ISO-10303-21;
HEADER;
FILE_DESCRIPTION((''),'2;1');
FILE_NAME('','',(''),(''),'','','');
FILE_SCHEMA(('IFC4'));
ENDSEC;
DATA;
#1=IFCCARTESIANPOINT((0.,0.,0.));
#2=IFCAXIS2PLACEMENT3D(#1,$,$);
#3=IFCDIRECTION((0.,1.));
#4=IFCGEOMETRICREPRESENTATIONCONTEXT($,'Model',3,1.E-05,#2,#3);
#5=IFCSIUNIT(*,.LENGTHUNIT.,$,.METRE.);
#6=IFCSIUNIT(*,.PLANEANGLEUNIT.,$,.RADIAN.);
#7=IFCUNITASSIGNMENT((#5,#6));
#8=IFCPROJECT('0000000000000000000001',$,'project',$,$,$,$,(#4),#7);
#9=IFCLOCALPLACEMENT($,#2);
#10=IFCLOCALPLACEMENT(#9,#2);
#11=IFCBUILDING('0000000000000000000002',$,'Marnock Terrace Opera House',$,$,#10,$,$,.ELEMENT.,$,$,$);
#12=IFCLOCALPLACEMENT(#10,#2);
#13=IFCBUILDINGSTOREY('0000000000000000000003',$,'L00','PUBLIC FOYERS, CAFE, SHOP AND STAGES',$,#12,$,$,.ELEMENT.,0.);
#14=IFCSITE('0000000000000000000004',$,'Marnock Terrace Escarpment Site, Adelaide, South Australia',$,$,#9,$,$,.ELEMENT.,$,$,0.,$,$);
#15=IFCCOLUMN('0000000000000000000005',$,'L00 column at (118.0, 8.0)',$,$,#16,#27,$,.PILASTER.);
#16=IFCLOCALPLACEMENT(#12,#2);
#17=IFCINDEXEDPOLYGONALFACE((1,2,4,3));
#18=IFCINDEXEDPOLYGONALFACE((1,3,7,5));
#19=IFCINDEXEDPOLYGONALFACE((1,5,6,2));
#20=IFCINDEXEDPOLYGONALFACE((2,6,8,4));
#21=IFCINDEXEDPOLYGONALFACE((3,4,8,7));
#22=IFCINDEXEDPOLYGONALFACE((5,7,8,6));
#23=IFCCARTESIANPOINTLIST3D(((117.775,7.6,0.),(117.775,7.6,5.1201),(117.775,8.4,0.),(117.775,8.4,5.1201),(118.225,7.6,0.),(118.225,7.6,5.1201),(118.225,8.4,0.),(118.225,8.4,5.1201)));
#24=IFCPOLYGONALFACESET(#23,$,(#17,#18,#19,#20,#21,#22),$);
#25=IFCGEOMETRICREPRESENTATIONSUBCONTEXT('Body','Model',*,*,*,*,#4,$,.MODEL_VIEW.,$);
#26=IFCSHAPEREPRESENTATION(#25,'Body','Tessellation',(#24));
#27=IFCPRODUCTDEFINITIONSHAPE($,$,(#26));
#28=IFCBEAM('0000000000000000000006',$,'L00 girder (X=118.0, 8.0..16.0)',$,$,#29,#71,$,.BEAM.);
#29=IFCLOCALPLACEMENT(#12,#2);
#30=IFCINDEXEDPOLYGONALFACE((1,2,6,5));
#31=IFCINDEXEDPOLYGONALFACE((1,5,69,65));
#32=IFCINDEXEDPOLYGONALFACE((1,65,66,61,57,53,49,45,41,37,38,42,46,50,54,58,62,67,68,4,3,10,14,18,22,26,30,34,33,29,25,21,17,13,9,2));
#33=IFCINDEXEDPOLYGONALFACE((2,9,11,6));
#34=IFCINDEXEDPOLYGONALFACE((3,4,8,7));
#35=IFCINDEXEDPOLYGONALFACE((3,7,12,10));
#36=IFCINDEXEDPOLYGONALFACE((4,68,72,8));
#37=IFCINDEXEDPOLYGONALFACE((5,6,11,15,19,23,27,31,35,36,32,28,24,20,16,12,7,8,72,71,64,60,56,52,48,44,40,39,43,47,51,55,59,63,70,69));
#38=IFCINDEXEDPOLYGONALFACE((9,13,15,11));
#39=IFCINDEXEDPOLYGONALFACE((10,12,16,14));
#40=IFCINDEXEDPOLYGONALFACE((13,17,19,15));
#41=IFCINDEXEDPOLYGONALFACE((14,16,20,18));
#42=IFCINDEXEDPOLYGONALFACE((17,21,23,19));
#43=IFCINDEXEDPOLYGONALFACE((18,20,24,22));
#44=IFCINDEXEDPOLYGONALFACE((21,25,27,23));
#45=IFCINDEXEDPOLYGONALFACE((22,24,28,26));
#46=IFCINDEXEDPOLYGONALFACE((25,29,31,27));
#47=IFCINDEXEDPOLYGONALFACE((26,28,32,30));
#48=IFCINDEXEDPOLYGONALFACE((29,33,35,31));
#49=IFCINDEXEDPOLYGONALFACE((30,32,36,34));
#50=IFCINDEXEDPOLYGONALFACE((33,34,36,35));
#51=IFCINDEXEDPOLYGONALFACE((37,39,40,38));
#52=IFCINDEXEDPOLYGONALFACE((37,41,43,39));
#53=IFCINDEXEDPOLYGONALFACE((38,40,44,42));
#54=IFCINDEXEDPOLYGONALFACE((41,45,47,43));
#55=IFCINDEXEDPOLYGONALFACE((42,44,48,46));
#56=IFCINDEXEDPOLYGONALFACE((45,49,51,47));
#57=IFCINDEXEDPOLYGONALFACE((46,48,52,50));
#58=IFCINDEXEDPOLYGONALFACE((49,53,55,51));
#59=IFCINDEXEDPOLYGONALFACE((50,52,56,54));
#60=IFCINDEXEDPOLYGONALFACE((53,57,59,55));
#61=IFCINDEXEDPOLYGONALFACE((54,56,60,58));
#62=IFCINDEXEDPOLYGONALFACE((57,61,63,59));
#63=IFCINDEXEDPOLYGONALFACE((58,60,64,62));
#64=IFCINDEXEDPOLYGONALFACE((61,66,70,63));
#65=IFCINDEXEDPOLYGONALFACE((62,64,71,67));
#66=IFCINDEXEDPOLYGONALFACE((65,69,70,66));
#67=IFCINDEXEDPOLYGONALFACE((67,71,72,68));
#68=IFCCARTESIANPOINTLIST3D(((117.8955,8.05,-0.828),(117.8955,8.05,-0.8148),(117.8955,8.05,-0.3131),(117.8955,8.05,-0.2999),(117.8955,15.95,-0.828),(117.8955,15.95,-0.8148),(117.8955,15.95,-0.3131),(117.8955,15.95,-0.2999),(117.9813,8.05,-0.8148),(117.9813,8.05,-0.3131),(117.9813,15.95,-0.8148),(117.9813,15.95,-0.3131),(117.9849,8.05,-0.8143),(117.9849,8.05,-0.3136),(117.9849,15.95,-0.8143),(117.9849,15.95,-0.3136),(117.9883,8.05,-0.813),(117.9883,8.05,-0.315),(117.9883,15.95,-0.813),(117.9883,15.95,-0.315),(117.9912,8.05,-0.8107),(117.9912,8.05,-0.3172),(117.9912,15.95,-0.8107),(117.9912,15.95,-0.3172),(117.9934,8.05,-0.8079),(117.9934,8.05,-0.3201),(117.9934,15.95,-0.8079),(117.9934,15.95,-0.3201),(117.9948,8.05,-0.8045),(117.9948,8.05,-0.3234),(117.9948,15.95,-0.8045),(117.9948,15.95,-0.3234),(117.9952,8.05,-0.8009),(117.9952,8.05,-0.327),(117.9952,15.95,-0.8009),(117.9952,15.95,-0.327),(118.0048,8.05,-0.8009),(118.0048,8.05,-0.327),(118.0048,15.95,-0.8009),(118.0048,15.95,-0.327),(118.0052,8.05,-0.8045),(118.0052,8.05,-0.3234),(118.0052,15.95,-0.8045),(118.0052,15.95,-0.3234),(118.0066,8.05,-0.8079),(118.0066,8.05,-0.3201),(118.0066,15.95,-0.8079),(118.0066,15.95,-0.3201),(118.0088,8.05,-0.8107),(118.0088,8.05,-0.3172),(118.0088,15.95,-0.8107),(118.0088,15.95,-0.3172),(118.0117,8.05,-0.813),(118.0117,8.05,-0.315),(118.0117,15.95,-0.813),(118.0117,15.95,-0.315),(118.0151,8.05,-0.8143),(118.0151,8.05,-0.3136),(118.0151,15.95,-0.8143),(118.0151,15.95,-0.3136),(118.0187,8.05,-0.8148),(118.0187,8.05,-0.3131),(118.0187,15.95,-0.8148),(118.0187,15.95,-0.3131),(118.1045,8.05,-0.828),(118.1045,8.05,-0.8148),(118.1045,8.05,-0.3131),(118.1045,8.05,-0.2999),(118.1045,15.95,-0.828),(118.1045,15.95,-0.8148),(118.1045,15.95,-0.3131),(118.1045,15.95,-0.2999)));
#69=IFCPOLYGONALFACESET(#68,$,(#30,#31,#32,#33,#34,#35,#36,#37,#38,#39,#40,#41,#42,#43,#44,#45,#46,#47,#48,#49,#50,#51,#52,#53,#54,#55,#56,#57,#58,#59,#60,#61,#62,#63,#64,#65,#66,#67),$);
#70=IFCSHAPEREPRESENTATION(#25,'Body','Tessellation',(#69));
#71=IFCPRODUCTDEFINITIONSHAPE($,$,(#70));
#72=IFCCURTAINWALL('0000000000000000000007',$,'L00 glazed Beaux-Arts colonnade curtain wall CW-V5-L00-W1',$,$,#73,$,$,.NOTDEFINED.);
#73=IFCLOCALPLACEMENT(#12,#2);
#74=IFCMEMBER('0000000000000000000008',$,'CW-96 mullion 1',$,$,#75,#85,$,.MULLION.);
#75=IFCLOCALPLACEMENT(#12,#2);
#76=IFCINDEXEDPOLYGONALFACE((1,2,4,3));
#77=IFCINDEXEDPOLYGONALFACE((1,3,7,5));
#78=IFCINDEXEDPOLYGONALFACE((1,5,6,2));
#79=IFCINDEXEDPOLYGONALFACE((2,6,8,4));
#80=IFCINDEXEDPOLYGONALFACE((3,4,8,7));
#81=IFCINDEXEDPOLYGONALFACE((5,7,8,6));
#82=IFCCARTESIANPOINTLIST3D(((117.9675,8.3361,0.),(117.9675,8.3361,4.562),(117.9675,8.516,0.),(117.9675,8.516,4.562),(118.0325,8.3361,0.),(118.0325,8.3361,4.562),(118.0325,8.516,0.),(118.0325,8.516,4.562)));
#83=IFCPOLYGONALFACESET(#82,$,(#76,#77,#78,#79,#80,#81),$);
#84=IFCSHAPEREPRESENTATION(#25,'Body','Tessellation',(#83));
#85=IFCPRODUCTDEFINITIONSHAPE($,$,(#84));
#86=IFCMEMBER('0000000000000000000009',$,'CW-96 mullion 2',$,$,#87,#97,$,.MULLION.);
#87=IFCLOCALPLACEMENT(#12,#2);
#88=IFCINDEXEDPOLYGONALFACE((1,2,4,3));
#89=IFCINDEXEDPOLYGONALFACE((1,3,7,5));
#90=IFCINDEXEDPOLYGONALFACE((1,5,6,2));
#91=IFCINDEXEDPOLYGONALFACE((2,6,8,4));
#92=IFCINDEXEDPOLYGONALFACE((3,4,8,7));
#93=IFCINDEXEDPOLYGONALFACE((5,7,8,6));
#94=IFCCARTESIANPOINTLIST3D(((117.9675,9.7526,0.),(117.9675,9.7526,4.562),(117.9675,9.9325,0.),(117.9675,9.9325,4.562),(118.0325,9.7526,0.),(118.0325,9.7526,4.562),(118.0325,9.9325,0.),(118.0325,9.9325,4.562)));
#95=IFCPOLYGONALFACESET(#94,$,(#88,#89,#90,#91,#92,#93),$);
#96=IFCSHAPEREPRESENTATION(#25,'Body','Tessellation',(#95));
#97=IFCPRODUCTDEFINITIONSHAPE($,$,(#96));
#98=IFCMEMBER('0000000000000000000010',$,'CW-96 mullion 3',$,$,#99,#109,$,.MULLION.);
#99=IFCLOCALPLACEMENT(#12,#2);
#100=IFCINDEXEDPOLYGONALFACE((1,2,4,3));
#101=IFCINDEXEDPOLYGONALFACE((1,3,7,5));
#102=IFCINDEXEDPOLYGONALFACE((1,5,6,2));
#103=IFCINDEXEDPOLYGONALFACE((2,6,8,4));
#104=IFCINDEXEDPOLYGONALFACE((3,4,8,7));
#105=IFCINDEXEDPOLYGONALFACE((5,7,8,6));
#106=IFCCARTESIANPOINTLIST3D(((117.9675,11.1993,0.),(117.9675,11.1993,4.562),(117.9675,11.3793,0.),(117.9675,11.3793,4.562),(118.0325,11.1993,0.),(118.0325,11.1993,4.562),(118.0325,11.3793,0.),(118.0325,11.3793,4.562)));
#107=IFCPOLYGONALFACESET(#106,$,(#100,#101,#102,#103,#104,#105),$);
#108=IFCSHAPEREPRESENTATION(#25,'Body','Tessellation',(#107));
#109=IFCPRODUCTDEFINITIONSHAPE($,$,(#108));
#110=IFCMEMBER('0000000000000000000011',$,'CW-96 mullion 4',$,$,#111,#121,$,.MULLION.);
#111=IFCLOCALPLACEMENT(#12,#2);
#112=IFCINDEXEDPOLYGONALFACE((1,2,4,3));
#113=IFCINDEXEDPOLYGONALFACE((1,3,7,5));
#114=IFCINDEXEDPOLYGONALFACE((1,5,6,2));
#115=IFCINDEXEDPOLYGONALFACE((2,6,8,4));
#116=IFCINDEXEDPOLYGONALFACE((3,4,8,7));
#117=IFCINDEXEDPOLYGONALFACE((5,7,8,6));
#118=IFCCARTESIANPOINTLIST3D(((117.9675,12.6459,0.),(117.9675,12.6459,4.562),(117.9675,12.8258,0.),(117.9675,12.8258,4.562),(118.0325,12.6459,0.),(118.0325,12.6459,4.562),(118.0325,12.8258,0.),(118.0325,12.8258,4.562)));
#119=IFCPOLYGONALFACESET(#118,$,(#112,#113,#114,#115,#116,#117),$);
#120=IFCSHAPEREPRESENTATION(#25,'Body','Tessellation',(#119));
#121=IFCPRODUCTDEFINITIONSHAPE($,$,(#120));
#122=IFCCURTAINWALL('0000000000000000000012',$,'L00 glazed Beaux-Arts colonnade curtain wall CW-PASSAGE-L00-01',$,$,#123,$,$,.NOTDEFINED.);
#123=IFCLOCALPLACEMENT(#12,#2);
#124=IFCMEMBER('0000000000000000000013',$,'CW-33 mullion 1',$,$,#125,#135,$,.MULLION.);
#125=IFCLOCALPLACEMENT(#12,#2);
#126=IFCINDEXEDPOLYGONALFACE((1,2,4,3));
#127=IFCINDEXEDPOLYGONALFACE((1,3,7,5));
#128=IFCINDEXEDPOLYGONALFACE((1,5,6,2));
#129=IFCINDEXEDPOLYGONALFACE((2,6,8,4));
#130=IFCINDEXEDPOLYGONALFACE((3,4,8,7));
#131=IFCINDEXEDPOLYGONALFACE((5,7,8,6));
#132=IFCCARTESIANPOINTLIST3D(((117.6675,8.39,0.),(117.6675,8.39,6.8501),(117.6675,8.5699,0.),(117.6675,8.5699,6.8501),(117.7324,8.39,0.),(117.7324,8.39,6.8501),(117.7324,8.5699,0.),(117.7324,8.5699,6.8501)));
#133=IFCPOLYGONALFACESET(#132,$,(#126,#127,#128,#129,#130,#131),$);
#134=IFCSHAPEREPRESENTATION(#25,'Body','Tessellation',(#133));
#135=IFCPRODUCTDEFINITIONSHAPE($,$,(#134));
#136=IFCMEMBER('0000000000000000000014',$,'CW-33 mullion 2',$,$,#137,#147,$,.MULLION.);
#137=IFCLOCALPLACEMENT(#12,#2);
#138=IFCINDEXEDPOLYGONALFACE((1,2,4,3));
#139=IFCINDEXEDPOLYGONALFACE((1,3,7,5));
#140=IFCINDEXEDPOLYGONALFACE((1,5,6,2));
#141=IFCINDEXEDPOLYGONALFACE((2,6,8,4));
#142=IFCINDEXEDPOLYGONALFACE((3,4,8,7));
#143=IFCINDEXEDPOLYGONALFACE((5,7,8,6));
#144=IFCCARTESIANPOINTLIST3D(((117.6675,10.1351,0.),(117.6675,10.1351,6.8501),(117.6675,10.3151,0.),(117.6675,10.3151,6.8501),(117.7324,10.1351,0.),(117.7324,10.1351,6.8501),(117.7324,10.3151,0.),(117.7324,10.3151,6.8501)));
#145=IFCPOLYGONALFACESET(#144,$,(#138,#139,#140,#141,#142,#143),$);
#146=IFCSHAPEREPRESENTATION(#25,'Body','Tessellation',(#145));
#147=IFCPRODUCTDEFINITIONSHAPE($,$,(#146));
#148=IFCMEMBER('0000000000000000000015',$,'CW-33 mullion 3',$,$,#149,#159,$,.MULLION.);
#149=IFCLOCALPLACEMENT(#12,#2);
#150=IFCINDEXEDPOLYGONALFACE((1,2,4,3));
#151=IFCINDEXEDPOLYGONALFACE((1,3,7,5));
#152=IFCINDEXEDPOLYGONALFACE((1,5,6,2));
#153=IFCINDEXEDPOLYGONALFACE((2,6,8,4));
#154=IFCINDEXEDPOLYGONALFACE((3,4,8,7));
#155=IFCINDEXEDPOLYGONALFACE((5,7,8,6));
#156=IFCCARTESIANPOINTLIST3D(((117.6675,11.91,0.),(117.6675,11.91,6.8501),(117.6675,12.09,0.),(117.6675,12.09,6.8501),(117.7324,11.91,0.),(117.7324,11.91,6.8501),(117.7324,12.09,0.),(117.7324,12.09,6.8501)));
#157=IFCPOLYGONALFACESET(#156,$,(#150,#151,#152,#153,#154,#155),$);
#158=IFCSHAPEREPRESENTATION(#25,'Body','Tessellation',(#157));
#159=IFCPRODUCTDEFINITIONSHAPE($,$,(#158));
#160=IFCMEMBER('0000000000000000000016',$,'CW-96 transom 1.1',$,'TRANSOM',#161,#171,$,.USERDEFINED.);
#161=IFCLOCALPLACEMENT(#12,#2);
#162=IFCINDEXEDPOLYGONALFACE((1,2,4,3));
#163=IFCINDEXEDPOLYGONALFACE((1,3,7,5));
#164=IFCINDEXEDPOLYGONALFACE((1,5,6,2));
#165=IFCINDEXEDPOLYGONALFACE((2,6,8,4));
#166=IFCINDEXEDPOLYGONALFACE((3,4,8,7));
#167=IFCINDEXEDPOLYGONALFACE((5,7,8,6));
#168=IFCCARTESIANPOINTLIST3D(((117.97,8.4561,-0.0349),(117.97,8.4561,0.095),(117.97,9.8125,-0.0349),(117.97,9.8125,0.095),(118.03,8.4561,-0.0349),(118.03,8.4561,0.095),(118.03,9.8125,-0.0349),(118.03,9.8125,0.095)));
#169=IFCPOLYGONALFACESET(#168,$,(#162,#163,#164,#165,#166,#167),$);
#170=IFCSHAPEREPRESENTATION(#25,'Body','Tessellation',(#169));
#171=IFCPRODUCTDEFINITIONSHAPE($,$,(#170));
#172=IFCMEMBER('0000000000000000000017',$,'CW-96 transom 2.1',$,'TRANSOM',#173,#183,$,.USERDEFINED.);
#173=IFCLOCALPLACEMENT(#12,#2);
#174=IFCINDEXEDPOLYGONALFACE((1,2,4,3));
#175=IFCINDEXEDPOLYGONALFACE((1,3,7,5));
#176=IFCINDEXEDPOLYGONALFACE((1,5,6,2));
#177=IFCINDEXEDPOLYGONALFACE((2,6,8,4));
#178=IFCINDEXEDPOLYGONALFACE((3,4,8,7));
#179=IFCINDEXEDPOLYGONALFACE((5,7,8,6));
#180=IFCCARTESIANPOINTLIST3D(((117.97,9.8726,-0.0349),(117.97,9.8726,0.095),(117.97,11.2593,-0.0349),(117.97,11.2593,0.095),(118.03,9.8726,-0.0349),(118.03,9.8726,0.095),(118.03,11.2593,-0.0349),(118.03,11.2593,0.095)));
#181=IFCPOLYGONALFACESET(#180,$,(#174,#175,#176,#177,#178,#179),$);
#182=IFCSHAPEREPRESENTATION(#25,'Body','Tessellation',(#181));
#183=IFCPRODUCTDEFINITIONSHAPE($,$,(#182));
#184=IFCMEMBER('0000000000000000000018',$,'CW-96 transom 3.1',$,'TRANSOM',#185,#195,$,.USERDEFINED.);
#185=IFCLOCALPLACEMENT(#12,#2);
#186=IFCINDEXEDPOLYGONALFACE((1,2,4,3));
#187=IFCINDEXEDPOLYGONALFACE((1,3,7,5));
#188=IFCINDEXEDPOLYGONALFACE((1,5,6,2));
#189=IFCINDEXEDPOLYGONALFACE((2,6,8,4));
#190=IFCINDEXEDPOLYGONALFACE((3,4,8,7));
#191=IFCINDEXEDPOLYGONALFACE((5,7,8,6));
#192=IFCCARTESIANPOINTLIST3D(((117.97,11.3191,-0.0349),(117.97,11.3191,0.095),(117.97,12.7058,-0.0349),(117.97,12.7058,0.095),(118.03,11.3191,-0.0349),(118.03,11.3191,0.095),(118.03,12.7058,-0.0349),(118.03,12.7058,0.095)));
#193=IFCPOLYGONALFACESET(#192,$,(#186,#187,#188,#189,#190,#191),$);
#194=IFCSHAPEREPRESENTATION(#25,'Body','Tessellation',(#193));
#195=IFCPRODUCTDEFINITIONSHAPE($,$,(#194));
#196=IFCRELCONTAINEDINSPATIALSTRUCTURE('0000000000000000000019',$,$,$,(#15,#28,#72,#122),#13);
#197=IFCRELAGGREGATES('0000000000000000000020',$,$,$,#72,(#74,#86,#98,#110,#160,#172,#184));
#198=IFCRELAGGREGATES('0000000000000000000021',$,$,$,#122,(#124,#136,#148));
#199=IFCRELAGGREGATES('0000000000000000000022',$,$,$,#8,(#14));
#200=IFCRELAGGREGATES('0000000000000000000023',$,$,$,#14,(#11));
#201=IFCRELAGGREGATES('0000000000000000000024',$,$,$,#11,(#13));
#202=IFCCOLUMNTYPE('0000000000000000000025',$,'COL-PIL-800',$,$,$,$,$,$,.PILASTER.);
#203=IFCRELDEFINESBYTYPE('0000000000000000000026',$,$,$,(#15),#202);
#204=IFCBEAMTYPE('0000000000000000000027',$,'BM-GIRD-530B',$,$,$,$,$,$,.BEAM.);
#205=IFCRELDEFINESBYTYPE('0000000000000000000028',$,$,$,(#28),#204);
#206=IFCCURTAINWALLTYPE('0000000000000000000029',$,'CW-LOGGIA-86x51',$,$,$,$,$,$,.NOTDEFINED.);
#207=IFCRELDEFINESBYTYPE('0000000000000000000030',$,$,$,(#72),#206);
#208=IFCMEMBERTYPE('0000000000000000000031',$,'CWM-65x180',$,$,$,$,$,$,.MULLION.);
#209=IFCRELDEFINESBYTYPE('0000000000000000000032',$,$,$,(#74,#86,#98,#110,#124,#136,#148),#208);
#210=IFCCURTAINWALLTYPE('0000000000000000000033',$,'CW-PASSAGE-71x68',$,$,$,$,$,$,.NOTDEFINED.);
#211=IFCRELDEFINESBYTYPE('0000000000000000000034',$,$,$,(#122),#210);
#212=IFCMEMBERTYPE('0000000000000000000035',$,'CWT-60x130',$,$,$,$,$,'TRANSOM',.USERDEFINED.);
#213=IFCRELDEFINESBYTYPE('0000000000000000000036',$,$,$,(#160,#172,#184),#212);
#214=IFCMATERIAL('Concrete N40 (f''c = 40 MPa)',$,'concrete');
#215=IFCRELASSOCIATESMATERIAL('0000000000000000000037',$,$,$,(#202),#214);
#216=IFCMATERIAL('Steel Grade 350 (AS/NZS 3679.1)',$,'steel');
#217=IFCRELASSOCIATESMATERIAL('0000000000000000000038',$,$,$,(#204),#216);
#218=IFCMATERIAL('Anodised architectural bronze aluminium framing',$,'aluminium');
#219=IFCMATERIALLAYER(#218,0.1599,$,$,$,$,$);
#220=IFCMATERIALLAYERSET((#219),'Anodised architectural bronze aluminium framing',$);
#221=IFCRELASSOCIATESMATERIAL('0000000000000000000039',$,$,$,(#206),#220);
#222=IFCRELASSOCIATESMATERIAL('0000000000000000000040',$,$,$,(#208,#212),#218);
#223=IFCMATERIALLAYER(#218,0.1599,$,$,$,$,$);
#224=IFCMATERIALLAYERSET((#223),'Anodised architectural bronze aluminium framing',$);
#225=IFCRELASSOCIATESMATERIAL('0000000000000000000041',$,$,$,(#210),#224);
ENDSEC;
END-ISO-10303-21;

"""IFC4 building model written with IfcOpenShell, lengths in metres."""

from ifc_helpers import new_model, si_unit, direction, frame, origin, origin_2d, place, context, subcontext, project, spatial, rectangle, i_section, extrude, material, layer, layer_set, material_profile, profile_set, type_object, element, aggregate, save


model = new_model("IFC4")

# Units and contexts
model_context = context("Model", 3, precision=1e-05, world=origin(), true_north=direction((0.0, 1.0)))
body_context = subcontext(model_context, "Body", "Model", "MODEL_VIEW")
ifc_project = project(units=[si_unit("LENGTHUNIT", "METRE"), si_unit("PLANEANGLEUNIT", "RADIAN")], contexts=[model_context])

# Site, building, storey
site_placement = place(None, origin())
site = spatial("IfcSite", under=ifc_project, at=site_placement, Name="Marnock Terrace Escarpment Site, Adelaide, South Australia", CompositionType="ELEMENT", RefElevation=0.0)
building_placement = place(site_placement, origin())
building = spatial("IfcBuilding", under=site, at=building_placement, Name="Marnock Terrace Opera House", CompositionType="ELEMENT")
storey_placement = place(building_placement, origin())
storey = spatial("IfcBuildingStorey", under=building, at=storey_placement, Name="L00", Description="PUBLIC FOYERS, CAFE, SHOP AND STAGES", CompositionType="ELEMENT", Elevation=0.0)

# Column
ifc_material_1 = material(Name="Concrete N40 (f'c = 40 MPa)", Category="concrete")
ifc_material_profile_1 = material_profile(ifc_material_1, rectangle(XDim=0.45, YDim=0.8, at=origin_2d()))
ifc_profile_set_1 = profile_set([ifc_material_profile_1], Name="Concrete N40 (f'c = 40 MPa)")
column_type = type_object("IfcColumnType", Name="COL-PIL-800", PredefinedType="PILASTER", material=ifc_profile_set_1)
column_placement = place(storey_placement, frame((118.0, 8.0, 0.0), z_axis=(0.0, 0.0, 1.0), x_axis=(1.0, 0.0, 0.0)))
element("IfcColumn", 1, at=column_placement, inside=storey, type_object=column_type, Name="L00 column at (118.0, 8.0)", PredefinedType="PILASTER", context=body_context, shape_type="SweptSolid", body=[
    extrude(rectangle(XDim=0.45, YDim=0.8, at=origin_2d()), origin(), (0.0, 0.0, 1.0), 5.1201),
])

# Beam
ifc_material_2 = material(Name="Steel Grade 350 (AS/NZS 3679.1)", Category="steel")
ifc_material_profile_2 = material_profile(ifc_material_2, i_section(OverallWidth=0.209, OverallDepth=0.5281, WebThickness=0.0095, FlangeThickness=0.0132, FilletRadius=0.0139, at=origin_2d()))
ifc_profile_set_2 = profile_set([ifc_material_profile_2], Name="Steel Grade 350 (AS/NZS 3679.1)")
beam_type = type_object("IfcBeamType", Name="BM-GIRD-530B", PredefinedType="BEAM", material=ifc_profile_set_2)
beam_placement = place(storey_placement, frame((118.0, 8.05, -0.564), z_axis=(0.0, 1.0, 0.0), x_axis=(-1.0, 0.0, 0.0)))
element("IfcBeam", 2, at=beam_placement, inside=storey, type_object=beam_type, Name="L00 girder (X=118.0, 8.0..16.0)", PredefinedType="BEAM", context=body_context, shape_type="SweptSolid", body=[
    extrude(i_section(OverallWidth=0.209, OverallDepth=0.5281, WebThickness=0.0095, FlangeThickness=0.0132, FilletRadius=0.0139, at=origin_2d()), origin(), (0.0, 0.0, 1.0), 7.8999),
])

# Curtain walls, members
ifc_material_3 = material(Name="Anodised architectural bronze aluminium framing", Category="aluminium")
ifc_layer_1 = layer(ifc_material_3, 0.1599)
ifc_layer_set_1 = layer_set([ifc_layer_1], Name="Anodised architectural bronze aluminium framing")
curtain_wall_type_1 = type_object("IfcCurtainWallType", Name="CW-LOGGIA-86x51", PredefinedType="NOTDEFINED", material=ifc_layer_set_1)
curtain_wall_1_placement = place(storey_placement, origin())
curtain_wall_1 = element("IfcCurtainWall", 3, at=curtain_wall_1_placement, inside=storey, type_object=curtain_wall_type_1, Name="L00 glazed Beaux-Arts colonnade curtain wall CW-V5-L00-W1", PredefinedType="NOTDEFINED")
ifc_material_profile_3 = material_profile(ifc_material_3, rectangle(XDim=0.0649, YDim=0.1799, at=origin_2d()))
ifc_profile_set_3 = profile_set([ifc_material_profile_3], Name="Anodised architectural bronze aluminium framing")
member_type_1 = type_object("IfcMemberType", Name="CWM-65x180", PredefinedType="MULLION", material=ifc_profile_set_3)
member_1_placement = place(storey_placement, frame((118.0, 8.426, 0.0), z_axis=(0.0, 0.0, 1.0), x_axis=(-1.0, 0.0, 0.0)))
member_1 = element("IfcMember", 4, at=member_1_placement, type_object=member_type_1, Name="CW-96 mullion 1", PredefinedType="MULLION", context=body_context, shape_type="SweptSolid", body=[
    extrude(rectangle(XDim=0.0649, YDim=0.1799, at=origin_2d()), origin(), (0.0, 0.0, 1.0), 4.562),
])
member_2_placement = place(storey_placement, frame((118.0, 9.8425, 0.0), z_axis=(0.0, 0.0, 1.0), x_axis=(-1.0, 0.0, 0.0)))
member_2 = element("IfcMember", 5, at=member_2_placement, type_object=member_type_1, Name="CW-96 mullion 2", PredefinedType="MULLION", context=body_context, shape_type="SweptSolid", body=[
    extrude(rectangle(XDim=0.0649, YDim=0.1799, at=origin_2d()), origin(), (0.0, 0.0, 1.0), 4.562),
])
member_3_placement = place(storey_placement, frame((118.0, 11.2893, 0.0), z_axis=(0.0, 0.0, 1.0), x_axis=(-1.0, 0.0, 0.0)))
member_3 = element("IfcMember", 6, at=member_3_placement, type_object=member_type_1, Name="CW-96 mullion 3", PredefinedType="MULLION", context=body_context, shape_type="SweptSolid", body=[
    extrude(rectangle(XDim=0.0649, YDim=0.1799, at=origin_2d()), origin(), (0.0, 0.0, 1.0), 4.562),
])
member_4_placement = place(storey_placement, frame((118.0, 12.7358, 0.0), z_axis=(0.0, 0.0, 1.0), x_axis=(-1.0, 0.0, 0.0)))
member_4 = element("IfcMember", 7, at=member_4_placement, type_object=member_type_1, Name="CW-96 mullion 4", PredefinedType="MULLION", context=body_context, shape_type="SweptSolid", body=[
    extrude(rectangle(XDim=0.0649, YDim=0.1799, at=origin_2d()), origin(), (0.0, 0.0, 1.0), 4.562),
])
ifc_layer_2 = layer(ifc_material_3, 0.1599)
ifc_layer_set_2 = layer_set([ifc_layer_2], Name="Anodised architectural bronze aluminium framing")
curtain_wall_type_2 = type_object("IfcCurtainWallType", Name="CW-PASSAGE-71x68", PredefinedType="NOTDEFINED", material=ifc_layer_set_2)
curtain_wall_2_placement = place(storey_placement, origin())
curtain_wall_2 = element("IfcCurtainWall", 8, at=curtain_wall_2_placement, inside=storey, type_object=curtain_wall_type_2, Name="L00 glazed Beaux-Arts colonnade curtain wall CW-PASSAGE-L00-01", PredefinedType="NOTDEFINED")
member_5_placement = place(storey_placement, frame((117.7, 8.48, 0.0), z_axis=(0.0, 0.0, 1.0), x_axis=(-1.0, 0.0, 0.0)))
member_5 = element("IfcMember", 9, at=member_5_placement, type_object=member_type_1, Name="CW-33 mullion 1", PredefinedType="MULLION", context=body_context, shape_type="SweptSolid", body=[
    extrude(rectangle(XDim=0.0649, YDim=0.1799, at=origin_2d()), origin(), (0.0, 0.0, 1.0), 6.8501),
])
member_6_placement = place(storey_placement, frame((117.7, 10.2251, 0.0), z_axis=(0.0, 0.0, 1.0), x_axis=(-1.0, 0.0, 0.0)))
member_6 = element("IfcMember", 10, at=member_6_placement, type_object=member_type_1, Name="CW-33 mullion 2", PredefinedType="MULLION", context=body_context, shape_type="SweptSolid", body=[
    extrude(rectangle(XDim=0.0649, YDim=0.1799, at=origin_2d()), origin(), (0.0, 0.0, 1.0), 6.8501),
])
member_7_placement = place(storey_placement, frame((117.7, 12.0, 0.0), z_axis=(0.0, 0.0, 1.0), x_axis=(-1.0, 0.0, 0.0)))
member_7 = element("IfcMember", 11, at=member_7_placement, type_object=member_type_1, Name="CW-33 mullion 3", PredefinedType="MULLION", context=body_context, shape_type="SweptSolid", body=[
    extrude(rectangle(XDim=0.0649, YDim=0.1799, at=origin_2d()), origin(), (0.0, 0.0, 1.0), 6.8501),
])

# Members
ifc_material_profile_4 = material_profile(ifc_material_3, rectangle(XDim=0.0601, YDim=0.1299, at=origin_2d()))
ifc_profile_set_4 = profile_set([ifc_material_profile_4], Name="Anodised architectural bronze aluminium framing")
member_type_2 = type_object("IfcMemberType", Name="CWT-60x130", ElementType="TRANSOM", PredefinedType="USERDEFINED", material=ifc_profile_set_4)
member_8_placement = place(storey_placement, frame((118.0, 8.4561, 0.03), z_axis=(0.0, 1.0, 0.0), x_axis=(-1.0, 0.0, 0.0)))
member_8 = element("IfcMember", 12, at=member_8_placement, type_object=member_type_2, Name="CW-96 transom 1.1", ObjectType="TRANSOM", PredefinedType="USERDEFINED", context=body_context, shape_type="SweptSolid", body=[
    extrude(rectangle(XDim=0.0601, YDim=0.1299, at=origin_2d()), origin(), (0.0, 0.0, 1.0), 1.3564),
])
member_9_placement = place(storey_placement, frame((118.0, 9.8726, 0.03), z_axis=(0.0, 1.0, 0.0), x_axis=(-1.0, 0.0, 0.0)))
member_9 = element("IfcMember", 13, at=member_9_placement, type_object=member_type_2, Name="CW-96 transom 2.1", ObjectType="TRANSOM", PredefinedType="USERDEFINED", context=body_context, shape_type="SweptSolid", body=[
    extrude(rectangle(XDim=0.0601, YDim=0.1299, at=origin_2d()), origin(), (0.0, 0.0, 1.0), 1.3867),
])
member_10_placement = place(storey_placement, frame((118.0, 11.3191, 0.03), z_axis=(0.0, 1.0, 0.0), x_axis=(-1.0, 0.0, 0.0)))
member_10 = element("IfcMember", 14, at=member_10_placement, type_object=member_type_2, Name="CW-96 transom 3.1", ObjectType="TRANSOM", PredefinedType="USERDEFINED", context=body_context, shape_type="SweptSolid", body=[
    extrude(rectangle(XDim=0.0601, YDim=0.1299, at=origin_2d()), origin(), (0.0, 0.0, 1.0), 1.3867),
])

aggregate(curtain_wall_1, [member_1, member_2, member_3, member_4, member_8, member_9, member_10])
aggregate(curtain_wall_2, [member_5, member_6, member_7])

save(model, "model.ifc")
